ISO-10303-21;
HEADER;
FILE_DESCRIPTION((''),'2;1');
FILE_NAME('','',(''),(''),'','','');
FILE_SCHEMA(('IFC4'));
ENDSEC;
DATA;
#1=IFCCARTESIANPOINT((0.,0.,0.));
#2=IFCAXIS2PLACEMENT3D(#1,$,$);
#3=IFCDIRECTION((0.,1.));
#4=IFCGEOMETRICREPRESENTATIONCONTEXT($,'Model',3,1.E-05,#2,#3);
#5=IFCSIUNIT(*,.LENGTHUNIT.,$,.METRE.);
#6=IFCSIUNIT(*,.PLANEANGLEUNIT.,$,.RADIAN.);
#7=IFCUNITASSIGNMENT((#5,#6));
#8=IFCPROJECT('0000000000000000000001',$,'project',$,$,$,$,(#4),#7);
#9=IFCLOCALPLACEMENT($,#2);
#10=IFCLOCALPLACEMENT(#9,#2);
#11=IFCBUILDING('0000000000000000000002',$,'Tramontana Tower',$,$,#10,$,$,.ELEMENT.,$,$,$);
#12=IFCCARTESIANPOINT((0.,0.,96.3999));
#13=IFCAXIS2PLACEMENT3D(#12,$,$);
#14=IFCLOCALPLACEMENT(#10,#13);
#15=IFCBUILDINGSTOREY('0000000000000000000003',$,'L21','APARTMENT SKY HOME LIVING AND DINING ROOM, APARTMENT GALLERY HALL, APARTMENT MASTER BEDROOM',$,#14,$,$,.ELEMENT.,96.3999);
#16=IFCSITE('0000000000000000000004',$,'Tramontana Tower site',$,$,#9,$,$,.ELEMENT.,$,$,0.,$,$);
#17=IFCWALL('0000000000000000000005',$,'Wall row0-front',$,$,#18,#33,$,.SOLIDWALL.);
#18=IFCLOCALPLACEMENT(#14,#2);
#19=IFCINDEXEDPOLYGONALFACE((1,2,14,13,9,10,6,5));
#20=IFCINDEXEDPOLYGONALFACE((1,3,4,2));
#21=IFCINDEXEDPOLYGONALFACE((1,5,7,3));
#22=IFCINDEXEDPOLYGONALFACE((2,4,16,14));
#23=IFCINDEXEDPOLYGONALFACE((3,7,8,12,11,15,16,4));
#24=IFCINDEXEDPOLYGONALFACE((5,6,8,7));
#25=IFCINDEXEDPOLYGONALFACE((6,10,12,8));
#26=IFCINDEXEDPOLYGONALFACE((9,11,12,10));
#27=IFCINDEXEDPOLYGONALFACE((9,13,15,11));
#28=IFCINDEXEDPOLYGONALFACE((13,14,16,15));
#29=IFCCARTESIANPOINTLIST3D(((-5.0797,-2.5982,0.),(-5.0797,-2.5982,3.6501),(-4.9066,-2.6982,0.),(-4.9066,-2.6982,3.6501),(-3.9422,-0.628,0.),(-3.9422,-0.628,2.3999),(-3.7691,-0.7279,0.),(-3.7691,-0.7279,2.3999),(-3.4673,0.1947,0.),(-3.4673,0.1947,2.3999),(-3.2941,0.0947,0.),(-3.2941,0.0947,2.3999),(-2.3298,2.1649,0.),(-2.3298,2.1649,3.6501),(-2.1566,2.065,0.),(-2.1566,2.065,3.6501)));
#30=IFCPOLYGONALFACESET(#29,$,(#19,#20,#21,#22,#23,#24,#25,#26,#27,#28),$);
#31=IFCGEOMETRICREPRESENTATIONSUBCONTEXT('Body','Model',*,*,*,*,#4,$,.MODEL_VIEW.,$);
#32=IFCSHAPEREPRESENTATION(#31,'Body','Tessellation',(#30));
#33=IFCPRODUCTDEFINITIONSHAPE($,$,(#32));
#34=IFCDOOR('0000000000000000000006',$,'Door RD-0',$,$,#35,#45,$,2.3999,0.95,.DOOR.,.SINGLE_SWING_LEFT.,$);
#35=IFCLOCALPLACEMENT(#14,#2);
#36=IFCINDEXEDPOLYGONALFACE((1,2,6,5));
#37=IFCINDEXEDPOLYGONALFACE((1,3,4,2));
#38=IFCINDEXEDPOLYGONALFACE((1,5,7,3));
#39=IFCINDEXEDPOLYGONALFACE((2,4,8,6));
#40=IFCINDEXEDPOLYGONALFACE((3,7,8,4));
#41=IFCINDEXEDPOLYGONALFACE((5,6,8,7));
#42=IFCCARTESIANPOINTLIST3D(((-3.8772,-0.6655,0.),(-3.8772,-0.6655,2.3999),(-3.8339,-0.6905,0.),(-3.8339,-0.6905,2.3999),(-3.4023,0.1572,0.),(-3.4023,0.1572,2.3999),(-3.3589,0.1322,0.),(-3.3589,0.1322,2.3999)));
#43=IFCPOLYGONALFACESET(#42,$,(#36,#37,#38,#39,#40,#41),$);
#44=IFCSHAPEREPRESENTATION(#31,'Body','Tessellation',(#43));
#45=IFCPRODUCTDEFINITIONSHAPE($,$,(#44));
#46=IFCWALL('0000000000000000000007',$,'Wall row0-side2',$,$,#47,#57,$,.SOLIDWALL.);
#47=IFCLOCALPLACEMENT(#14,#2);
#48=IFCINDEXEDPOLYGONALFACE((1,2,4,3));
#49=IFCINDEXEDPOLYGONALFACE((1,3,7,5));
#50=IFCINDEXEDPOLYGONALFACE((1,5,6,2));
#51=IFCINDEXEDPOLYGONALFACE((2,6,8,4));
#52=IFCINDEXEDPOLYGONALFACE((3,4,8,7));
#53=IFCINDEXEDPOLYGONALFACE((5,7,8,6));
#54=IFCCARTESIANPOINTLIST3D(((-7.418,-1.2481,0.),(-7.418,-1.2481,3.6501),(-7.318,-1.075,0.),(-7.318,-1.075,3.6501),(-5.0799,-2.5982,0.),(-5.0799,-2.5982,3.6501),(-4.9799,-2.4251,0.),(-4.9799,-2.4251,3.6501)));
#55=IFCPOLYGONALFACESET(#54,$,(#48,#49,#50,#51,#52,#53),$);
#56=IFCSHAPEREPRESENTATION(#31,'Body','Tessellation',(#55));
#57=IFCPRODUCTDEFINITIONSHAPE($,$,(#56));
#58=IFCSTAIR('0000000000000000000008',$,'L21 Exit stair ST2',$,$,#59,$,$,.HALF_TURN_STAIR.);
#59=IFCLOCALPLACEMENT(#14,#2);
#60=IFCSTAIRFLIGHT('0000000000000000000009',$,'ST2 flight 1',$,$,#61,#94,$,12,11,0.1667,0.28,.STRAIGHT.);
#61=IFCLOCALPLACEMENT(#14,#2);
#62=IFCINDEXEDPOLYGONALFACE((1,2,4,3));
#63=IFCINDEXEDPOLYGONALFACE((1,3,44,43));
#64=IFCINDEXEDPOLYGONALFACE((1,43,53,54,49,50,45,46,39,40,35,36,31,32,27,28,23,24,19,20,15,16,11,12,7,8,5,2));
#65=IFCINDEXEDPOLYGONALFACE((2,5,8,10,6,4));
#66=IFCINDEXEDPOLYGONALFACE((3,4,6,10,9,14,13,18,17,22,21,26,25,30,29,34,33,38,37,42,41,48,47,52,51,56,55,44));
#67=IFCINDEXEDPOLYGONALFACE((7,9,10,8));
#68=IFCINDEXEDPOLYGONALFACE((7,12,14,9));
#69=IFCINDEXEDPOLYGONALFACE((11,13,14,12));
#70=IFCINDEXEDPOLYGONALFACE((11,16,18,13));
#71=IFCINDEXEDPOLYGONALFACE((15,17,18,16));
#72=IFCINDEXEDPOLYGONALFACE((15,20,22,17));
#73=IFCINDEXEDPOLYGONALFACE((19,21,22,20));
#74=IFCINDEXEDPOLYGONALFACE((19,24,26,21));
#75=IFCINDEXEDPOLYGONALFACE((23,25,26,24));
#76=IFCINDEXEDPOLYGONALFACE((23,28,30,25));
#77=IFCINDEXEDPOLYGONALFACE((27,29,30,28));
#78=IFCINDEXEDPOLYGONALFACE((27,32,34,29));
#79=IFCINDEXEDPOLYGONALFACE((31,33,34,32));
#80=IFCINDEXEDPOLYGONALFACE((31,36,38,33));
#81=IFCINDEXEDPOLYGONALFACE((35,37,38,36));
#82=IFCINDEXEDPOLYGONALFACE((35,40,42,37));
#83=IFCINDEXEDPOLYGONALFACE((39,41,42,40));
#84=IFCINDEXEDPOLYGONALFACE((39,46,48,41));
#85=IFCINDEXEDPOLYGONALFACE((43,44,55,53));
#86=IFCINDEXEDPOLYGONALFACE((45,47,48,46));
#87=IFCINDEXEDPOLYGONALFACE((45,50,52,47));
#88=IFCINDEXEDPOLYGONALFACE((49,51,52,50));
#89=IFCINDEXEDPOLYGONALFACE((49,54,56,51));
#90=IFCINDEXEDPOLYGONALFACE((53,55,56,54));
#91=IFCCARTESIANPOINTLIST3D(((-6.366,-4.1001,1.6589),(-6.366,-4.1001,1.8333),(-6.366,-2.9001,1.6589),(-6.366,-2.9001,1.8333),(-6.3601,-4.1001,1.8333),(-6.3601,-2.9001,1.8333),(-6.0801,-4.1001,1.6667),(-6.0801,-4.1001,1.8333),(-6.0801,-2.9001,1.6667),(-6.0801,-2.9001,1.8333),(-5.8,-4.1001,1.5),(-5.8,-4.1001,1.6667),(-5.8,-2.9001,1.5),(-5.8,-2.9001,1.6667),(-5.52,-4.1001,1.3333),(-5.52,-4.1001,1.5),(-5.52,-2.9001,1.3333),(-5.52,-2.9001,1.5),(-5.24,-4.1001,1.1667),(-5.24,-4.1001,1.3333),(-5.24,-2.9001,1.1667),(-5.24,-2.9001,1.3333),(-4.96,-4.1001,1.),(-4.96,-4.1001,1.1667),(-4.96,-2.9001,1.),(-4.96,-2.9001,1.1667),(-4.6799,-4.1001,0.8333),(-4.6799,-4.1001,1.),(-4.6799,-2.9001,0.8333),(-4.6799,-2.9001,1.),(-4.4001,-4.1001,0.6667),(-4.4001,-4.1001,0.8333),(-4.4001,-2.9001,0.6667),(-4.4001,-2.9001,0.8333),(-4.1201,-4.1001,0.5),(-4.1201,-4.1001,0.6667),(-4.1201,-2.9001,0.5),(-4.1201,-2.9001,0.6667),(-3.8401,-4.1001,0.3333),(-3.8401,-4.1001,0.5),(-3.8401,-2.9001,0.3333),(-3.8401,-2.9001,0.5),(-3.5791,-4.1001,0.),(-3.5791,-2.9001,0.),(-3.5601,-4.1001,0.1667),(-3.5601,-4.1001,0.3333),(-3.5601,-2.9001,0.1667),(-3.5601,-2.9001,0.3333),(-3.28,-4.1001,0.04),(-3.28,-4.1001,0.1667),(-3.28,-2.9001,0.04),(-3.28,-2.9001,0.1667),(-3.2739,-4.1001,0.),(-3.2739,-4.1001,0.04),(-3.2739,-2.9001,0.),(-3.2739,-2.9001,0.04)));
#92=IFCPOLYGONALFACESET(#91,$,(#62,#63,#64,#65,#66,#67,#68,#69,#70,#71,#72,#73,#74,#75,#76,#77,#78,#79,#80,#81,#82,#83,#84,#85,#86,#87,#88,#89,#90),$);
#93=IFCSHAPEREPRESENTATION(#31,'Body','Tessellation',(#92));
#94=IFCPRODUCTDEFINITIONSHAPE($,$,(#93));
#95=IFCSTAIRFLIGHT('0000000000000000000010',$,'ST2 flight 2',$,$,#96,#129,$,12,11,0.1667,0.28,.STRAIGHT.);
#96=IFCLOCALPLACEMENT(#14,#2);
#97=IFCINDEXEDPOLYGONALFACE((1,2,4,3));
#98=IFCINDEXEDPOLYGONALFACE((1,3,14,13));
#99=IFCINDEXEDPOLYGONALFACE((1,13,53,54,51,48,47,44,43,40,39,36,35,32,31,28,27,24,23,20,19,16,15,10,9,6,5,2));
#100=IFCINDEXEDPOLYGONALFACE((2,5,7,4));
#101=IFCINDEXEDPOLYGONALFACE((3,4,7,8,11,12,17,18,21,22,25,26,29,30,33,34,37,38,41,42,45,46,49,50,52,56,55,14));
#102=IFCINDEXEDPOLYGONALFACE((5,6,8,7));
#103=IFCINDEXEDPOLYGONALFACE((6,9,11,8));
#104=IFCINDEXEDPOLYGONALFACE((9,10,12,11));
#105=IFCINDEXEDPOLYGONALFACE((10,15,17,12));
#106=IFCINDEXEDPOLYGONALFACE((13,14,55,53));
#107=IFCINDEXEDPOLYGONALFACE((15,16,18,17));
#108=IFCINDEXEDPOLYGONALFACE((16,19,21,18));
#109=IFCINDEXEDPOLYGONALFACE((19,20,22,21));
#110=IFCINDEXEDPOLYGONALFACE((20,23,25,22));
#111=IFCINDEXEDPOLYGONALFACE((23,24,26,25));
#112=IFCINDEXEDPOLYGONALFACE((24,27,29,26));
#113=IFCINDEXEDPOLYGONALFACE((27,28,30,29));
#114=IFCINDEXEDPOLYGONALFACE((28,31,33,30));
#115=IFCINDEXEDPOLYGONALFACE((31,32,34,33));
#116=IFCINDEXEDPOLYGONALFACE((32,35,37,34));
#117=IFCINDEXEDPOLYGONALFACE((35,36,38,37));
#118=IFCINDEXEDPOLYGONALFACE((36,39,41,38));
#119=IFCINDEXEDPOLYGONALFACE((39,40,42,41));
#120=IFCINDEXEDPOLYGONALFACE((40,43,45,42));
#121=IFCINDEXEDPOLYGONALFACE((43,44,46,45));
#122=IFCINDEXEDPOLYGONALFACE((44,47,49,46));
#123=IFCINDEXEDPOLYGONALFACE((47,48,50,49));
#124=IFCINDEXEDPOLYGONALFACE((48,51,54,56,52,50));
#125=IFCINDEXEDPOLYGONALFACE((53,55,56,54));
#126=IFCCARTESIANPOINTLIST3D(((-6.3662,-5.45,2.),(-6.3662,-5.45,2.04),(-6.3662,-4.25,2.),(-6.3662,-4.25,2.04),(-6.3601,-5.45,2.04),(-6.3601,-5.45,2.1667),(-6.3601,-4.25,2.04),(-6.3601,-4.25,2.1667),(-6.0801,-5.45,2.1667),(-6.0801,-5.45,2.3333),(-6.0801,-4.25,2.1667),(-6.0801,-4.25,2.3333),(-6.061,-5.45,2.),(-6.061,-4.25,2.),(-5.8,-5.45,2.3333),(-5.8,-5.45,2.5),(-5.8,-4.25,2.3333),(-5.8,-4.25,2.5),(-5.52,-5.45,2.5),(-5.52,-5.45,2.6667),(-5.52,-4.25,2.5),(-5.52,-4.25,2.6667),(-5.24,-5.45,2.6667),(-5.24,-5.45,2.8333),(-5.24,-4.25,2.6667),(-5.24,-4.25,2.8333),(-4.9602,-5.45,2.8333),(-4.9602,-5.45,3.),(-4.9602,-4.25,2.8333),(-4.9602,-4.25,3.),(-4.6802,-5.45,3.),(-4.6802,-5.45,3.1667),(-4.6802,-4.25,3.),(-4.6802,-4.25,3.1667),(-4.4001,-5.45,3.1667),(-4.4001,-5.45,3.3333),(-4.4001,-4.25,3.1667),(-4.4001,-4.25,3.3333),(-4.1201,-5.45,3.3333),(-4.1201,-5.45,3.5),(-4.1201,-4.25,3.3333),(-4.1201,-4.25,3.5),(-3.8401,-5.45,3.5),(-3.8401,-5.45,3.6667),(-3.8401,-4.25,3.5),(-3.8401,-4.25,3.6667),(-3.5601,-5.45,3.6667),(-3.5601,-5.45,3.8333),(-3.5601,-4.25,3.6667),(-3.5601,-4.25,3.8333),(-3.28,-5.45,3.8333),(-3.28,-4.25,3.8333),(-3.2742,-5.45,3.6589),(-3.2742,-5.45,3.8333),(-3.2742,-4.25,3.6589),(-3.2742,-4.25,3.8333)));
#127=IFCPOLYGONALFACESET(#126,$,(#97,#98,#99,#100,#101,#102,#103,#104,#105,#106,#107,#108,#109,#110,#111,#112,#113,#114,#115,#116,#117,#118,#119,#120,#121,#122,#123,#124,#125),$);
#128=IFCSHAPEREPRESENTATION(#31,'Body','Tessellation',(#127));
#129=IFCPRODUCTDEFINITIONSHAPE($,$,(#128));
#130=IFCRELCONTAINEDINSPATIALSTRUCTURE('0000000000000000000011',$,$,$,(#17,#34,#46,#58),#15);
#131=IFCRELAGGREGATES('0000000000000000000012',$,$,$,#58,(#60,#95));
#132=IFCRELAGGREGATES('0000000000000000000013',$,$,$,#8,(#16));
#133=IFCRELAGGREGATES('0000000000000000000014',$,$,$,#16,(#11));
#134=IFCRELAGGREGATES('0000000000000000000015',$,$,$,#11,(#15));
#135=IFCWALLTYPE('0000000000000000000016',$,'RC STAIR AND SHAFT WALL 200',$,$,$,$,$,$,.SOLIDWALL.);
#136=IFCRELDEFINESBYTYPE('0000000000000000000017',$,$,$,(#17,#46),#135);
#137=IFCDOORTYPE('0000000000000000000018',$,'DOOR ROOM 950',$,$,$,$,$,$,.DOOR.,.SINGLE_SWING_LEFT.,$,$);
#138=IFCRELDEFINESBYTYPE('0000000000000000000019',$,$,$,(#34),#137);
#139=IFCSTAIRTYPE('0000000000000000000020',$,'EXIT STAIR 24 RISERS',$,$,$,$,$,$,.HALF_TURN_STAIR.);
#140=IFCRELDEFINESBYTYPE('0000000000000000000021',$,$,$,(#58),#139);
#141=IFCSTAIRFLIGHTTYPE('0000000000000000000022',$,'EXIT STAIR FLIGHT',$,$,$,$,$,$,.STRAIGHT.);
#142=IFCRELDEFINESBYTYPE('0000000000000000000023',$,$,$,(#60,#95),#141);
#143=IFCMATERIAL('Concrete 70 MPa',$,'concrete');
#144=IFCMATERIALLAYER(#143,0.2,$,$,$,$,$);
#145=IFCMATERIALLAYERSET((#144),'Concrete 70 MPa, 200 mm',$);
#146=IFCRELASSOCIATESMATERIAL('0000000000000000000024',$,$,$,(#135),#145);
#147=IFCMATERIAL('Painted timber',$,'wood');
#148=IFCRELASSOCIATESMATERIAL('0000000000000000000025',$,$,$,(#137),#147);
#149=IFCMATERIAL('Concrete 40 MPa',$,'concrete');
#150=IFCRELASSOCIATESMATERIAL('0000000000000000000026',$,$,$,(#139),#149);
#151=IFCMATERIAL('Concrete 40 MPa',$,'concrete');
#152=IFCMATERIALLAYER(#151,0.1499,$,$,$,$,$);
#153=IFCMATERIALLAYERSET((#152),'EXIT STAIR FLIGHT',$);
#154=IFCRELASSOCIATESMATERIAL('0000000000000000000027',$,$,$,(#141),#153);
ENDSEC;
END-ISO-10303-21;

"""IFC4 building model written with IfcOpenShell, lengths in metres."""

from ifc_helpers import new_model, si_unit, direction, frame, frame_2d, origin, place, context, subcontext, project, spatial, polyline, rectangle, outline, extrude, material, layer, layer_set, type_object, element, fill, aggregate, save


model = new_model("IFC4")

# Units and contexts
model_context = context("Model", 3, precision=1e-05, world=origin(), true_north=direction((0.0, 1.0)))
body_context = subcontext(model_context, "Body", "Model", "MODEL_VIEW")
ifc_project = project(units=[si_unit("LENGTHUNIT", "METRE"), si_unit("PLANEANGLEUNIT", "RADIAN")], contexts=[model_context])

# Site, building, storey
site_placement = place(None, origin())
site = spatial("IfcSite", under=ifc_project, at=site_placement, Name="Tramontana Tower site", CompositionType="ELEMENT", RefElevation=0.0)
building_placement = place(site_placement, origin())
building = spatial("IfcBuilding", under=site, at=building_placement, Name="Tramontana Tower", CompositionType="ELEMENT")
storey_placement = place(building_placement, frame((0.0, 0.0, 96.3999)))
storey = spatial("IfcBuildingStorey", under=building, at=storey_placement, Name="L21", Description="APARTMENT SKY HOME LIVING AND DINING ROOM, APARTMENT GALLERY HALL, APARTMENT MASTER BEDROOM", CompositionType="ELEMENT", Elevation=96.3999)

# Shared definitions
ifc_material_1 = material(Name="Concrete 70 MPa", Category="concrete")
ifc_layer_1 = layer(ifc_material_1, 0.2)
ifc_layer_set_1 = layer_set([ifc_layer_1], Name="Concrete 70 MPa, 200 mm")
wall_type_1 = type_object("IfcWallType", Name="RC STAIR AND SHAFT WALL 200", PredefinedType="SOLIDWALL", material=ifc_layer_set_1)

# Wall, opening, door
wall_1_placement = place(storey_placement, frame((-4.9932, -2.6482, 0.0), z_axis=(0.0, 0.0, 1.0), x_axis=(0.499997, 0.866027, 0.0)))
wall_1 = element("IfcWall", 1, at=wall_1_placement, inside=storey, type_object=wall_type_1, Name="Wall row0-front", PredefinedType="SOLIDWALL", context=body_context, shape_type="SweptSolid", body=[
    extrude(rectangle(XDim=5.5, YDim=0.2, at=frame_2d((2.75, 0.0))), origin(), (0.0, 0.0, 1.0), 3.6501),
])
opening_1_placement = place(wall_1_placement, frame((2.2749, 0.0, 0.0)))
opening_1 = element("IfcOpeningElement", 2, at=opening_1_placement, cuts=wall_1, PredefinedType="OPENING", context=body_context, shape_type="SweptSolid", body=[
    extrude(rectangle(XDim=0.95, YDim=2.3999, at=frame_2d((0.4751, 1.2))), frame((0.0, 0.1099, 0.0), z_axis=(0.0, -1.0, 0.0), x_axis=(1.0, 0.0, 0.0)), (0.0, 0.0, 1.0), 0.22),
])
ifc_material_2 = material(Name="Painted timber", Category="wood")
door_type_1 = type_object("IfcDoorType", Name="DOOR ROOM 950", OperationType="SINGLE_SWING_LEFT", PredefinedType="DOOR", material=ifc_material_2)
door_1_placement = place(opening_1_placement, origin())
door_1 = element("IfcDoor", 3, at=door_1_placement, inside=storey, type_object=door_type_1, Name="Door RD-0", OperationType="SINGLE_SWING_LEFT", OverallHeight=2.3999, OverallWidth=0.95, PredefinedType="DOOR", context=body_context, shape_type="SweptSolid", body=[
    extrude(rectangle(XDim=0.95, YDim=2.3999, at=frame_2d((0.4751, 1.2))), frame((0.0, 0.0249, 0.0), z_axis=(0.0, -1.0, 0.0), x_axis=(1.0, 0.0, 0.0)), (0.0, 0.0, 1.0), 0.05),
])
fill(opening_1, door_1)

# Wall
wall_2_placement = place(storey_placement, frame((-5.0298, -2.5117, 0.0), z_axis=(0.0, 0.0, 1.0), x_axis=(-0.865997, 0.500049, 0.0)))
element("IfcWall", 4, at=wall_2_placement, inside=storey, type_object=wall_type_1, Name="Wall row0-side2", PredefinedType="SOLIDWALL", context=body_context, shape_type="SweptSolid", body=[
    extrude(rectangle(XDim=2.7, YDim=0.2, at=frame_2d((1.3501, 0.0))), origin(), (0.0, 0.0, 1.0), 3.6501),
])

# Stair, stair flights
ifc_material_3 = material(Name="Concrete 40 MPa", Category="concrete")
stair_type = type_object("IfcStairType", Name="EXIT STAIR 24 RISERS", PredefinedType="HALF_TURN_STAIR", material=ifc_material_3)
stair_placement = place(storey_placement, origin())
stair = element("IfcStair", 5, at=stair_placement, inside=storey, type_object=stair_type, Name="L21 Exit stair ST2", PredefinedType="HALF_TURN_STAIR")
ifc_material_4 = material(Name="Concrete 40 MPa", Category="concrete")
ifc_layer_2 = layer(ifc_material_4, 0.1499)
ifc_layer_set_2 = layer_set([ifc_layer_2], Name="EXIT STAIR FLIGHT")
stair_flight_type = type_object("IfcStairFlightType", Name="EXIT STAIR FLIGHT", PredefinedType="STRAIGHT", material=ifc_layer_set_2)
stair_flight_1_placement = place(storey_placement, frame((-3.28, -3.5, 0.0), z_axis=(0.0, 0.0, 1.0), x_axis=(-1.0, 0.0, 0.0)))
stair_flight_1 = element("IfcStairFlight", 6, at=stair_flight_1_placement, type_object=stair_flight_type, Name="ST2 flight 1", NumberOfRisers=12, NumberOfTreads=11, PredefinedType="STRAIGHT", RiserHeight=0.1667, TreadLength=0.28, context=body_context, shape_type="SweptSolid", body=[
    extrude(outline(polyline([(-0.0061, 0.0), (-0.0061, 0.04), (0.0, 0.04), (0.0, 0.1667), (0.28, 0.1667), (0.28, 0.3333), (0.5601, 0.3333), (0.5601, 0.5), (0.8401, 0.5), (0.8401, 0.6667), (1.1201, 0.6667), (1.1201, 0.8333), (1.3999, 0.8333), (1.3999, 1.0), (1.6799, 1.0), (1.6799, 1.1667), (1.96, 1.1667), (1.96, 1.3333), (2.24, 1.3333), (2.24, 1.5), (2.52, 1.5), (2.52, 1.6667), (2.8, 1.6667), (2.8, 1.8333), (3.0801, 1.8333), (3.0859, 1.8333), (3.0859, 1.6589), (0.2991, 0.0), (-0.0061, 0.0)])), frame((0.0, 0.6001, 0.0), z_axis=(0.0, -1.0, 0.0), x_axis=(1.0, 0.0, 0.0)), (0.0, 0.0, 1.0), 1.2),
])
stair_flight_2_placement = place(storey_placement, frame((-6.3601, -4.8501, 2.0), z_axis=(0.0, 0.0, 1.0), x_axis=(1.0, 0.0, 0.0)))
stair_flight_2 = element("IfcStairFlight", 7, at=stair_flight_2_placement, type_object=stair_flight_type, Name="ST2 flight 2", NumberOfRisers=12, NumberOfTreads=11, PredefinedType="STRAIGHT", RiserHeight=0.1667, TreadLength=0.28, context=body_context, shape_type="SweptSolid", body=[
    extrude(outline(polyline([(-0.0061, 0.0), (-0.0061, 0.04), (0.0, 0.04), (0.0, 0.1667), (0.28, 0.1667), (0.28, 0.3333), (0.5601, 0.3333), (0.5601, 0.5), (0.8401, 0.5), (0.8401, 0.6667), (1.1201, 0.6667), (1.1201, 0.8333), (1.3999, 0.8333), (1.3999, 1.0), (1.6799, 1.0), (1.6799, 1.1667), (1.96, 1.1667), (1.96, 1.3333), (2.24, 1.3333), (2.24, 1.5), (2.52, 1.5), (2.52, 1.6667), (2.8, 1.6667), (2.8, 1.8333), (3.0801, 1.8333), (3.0859, 1.8333), (3.0859, 1.6589), (0.2991, 0.0), (-0.0061, 0.0)])), frame((0.0, 0.6001, 0.0), z_axis=(0.0, -1.0, 0.0), x_axis=(1.0, 0.0, 0.0)), (0.0, 0.0, 1.0), 1.2),
])
aggregate(stair, [stair_flight_1, stair_flight_2])

save(model, "model.ifc")
